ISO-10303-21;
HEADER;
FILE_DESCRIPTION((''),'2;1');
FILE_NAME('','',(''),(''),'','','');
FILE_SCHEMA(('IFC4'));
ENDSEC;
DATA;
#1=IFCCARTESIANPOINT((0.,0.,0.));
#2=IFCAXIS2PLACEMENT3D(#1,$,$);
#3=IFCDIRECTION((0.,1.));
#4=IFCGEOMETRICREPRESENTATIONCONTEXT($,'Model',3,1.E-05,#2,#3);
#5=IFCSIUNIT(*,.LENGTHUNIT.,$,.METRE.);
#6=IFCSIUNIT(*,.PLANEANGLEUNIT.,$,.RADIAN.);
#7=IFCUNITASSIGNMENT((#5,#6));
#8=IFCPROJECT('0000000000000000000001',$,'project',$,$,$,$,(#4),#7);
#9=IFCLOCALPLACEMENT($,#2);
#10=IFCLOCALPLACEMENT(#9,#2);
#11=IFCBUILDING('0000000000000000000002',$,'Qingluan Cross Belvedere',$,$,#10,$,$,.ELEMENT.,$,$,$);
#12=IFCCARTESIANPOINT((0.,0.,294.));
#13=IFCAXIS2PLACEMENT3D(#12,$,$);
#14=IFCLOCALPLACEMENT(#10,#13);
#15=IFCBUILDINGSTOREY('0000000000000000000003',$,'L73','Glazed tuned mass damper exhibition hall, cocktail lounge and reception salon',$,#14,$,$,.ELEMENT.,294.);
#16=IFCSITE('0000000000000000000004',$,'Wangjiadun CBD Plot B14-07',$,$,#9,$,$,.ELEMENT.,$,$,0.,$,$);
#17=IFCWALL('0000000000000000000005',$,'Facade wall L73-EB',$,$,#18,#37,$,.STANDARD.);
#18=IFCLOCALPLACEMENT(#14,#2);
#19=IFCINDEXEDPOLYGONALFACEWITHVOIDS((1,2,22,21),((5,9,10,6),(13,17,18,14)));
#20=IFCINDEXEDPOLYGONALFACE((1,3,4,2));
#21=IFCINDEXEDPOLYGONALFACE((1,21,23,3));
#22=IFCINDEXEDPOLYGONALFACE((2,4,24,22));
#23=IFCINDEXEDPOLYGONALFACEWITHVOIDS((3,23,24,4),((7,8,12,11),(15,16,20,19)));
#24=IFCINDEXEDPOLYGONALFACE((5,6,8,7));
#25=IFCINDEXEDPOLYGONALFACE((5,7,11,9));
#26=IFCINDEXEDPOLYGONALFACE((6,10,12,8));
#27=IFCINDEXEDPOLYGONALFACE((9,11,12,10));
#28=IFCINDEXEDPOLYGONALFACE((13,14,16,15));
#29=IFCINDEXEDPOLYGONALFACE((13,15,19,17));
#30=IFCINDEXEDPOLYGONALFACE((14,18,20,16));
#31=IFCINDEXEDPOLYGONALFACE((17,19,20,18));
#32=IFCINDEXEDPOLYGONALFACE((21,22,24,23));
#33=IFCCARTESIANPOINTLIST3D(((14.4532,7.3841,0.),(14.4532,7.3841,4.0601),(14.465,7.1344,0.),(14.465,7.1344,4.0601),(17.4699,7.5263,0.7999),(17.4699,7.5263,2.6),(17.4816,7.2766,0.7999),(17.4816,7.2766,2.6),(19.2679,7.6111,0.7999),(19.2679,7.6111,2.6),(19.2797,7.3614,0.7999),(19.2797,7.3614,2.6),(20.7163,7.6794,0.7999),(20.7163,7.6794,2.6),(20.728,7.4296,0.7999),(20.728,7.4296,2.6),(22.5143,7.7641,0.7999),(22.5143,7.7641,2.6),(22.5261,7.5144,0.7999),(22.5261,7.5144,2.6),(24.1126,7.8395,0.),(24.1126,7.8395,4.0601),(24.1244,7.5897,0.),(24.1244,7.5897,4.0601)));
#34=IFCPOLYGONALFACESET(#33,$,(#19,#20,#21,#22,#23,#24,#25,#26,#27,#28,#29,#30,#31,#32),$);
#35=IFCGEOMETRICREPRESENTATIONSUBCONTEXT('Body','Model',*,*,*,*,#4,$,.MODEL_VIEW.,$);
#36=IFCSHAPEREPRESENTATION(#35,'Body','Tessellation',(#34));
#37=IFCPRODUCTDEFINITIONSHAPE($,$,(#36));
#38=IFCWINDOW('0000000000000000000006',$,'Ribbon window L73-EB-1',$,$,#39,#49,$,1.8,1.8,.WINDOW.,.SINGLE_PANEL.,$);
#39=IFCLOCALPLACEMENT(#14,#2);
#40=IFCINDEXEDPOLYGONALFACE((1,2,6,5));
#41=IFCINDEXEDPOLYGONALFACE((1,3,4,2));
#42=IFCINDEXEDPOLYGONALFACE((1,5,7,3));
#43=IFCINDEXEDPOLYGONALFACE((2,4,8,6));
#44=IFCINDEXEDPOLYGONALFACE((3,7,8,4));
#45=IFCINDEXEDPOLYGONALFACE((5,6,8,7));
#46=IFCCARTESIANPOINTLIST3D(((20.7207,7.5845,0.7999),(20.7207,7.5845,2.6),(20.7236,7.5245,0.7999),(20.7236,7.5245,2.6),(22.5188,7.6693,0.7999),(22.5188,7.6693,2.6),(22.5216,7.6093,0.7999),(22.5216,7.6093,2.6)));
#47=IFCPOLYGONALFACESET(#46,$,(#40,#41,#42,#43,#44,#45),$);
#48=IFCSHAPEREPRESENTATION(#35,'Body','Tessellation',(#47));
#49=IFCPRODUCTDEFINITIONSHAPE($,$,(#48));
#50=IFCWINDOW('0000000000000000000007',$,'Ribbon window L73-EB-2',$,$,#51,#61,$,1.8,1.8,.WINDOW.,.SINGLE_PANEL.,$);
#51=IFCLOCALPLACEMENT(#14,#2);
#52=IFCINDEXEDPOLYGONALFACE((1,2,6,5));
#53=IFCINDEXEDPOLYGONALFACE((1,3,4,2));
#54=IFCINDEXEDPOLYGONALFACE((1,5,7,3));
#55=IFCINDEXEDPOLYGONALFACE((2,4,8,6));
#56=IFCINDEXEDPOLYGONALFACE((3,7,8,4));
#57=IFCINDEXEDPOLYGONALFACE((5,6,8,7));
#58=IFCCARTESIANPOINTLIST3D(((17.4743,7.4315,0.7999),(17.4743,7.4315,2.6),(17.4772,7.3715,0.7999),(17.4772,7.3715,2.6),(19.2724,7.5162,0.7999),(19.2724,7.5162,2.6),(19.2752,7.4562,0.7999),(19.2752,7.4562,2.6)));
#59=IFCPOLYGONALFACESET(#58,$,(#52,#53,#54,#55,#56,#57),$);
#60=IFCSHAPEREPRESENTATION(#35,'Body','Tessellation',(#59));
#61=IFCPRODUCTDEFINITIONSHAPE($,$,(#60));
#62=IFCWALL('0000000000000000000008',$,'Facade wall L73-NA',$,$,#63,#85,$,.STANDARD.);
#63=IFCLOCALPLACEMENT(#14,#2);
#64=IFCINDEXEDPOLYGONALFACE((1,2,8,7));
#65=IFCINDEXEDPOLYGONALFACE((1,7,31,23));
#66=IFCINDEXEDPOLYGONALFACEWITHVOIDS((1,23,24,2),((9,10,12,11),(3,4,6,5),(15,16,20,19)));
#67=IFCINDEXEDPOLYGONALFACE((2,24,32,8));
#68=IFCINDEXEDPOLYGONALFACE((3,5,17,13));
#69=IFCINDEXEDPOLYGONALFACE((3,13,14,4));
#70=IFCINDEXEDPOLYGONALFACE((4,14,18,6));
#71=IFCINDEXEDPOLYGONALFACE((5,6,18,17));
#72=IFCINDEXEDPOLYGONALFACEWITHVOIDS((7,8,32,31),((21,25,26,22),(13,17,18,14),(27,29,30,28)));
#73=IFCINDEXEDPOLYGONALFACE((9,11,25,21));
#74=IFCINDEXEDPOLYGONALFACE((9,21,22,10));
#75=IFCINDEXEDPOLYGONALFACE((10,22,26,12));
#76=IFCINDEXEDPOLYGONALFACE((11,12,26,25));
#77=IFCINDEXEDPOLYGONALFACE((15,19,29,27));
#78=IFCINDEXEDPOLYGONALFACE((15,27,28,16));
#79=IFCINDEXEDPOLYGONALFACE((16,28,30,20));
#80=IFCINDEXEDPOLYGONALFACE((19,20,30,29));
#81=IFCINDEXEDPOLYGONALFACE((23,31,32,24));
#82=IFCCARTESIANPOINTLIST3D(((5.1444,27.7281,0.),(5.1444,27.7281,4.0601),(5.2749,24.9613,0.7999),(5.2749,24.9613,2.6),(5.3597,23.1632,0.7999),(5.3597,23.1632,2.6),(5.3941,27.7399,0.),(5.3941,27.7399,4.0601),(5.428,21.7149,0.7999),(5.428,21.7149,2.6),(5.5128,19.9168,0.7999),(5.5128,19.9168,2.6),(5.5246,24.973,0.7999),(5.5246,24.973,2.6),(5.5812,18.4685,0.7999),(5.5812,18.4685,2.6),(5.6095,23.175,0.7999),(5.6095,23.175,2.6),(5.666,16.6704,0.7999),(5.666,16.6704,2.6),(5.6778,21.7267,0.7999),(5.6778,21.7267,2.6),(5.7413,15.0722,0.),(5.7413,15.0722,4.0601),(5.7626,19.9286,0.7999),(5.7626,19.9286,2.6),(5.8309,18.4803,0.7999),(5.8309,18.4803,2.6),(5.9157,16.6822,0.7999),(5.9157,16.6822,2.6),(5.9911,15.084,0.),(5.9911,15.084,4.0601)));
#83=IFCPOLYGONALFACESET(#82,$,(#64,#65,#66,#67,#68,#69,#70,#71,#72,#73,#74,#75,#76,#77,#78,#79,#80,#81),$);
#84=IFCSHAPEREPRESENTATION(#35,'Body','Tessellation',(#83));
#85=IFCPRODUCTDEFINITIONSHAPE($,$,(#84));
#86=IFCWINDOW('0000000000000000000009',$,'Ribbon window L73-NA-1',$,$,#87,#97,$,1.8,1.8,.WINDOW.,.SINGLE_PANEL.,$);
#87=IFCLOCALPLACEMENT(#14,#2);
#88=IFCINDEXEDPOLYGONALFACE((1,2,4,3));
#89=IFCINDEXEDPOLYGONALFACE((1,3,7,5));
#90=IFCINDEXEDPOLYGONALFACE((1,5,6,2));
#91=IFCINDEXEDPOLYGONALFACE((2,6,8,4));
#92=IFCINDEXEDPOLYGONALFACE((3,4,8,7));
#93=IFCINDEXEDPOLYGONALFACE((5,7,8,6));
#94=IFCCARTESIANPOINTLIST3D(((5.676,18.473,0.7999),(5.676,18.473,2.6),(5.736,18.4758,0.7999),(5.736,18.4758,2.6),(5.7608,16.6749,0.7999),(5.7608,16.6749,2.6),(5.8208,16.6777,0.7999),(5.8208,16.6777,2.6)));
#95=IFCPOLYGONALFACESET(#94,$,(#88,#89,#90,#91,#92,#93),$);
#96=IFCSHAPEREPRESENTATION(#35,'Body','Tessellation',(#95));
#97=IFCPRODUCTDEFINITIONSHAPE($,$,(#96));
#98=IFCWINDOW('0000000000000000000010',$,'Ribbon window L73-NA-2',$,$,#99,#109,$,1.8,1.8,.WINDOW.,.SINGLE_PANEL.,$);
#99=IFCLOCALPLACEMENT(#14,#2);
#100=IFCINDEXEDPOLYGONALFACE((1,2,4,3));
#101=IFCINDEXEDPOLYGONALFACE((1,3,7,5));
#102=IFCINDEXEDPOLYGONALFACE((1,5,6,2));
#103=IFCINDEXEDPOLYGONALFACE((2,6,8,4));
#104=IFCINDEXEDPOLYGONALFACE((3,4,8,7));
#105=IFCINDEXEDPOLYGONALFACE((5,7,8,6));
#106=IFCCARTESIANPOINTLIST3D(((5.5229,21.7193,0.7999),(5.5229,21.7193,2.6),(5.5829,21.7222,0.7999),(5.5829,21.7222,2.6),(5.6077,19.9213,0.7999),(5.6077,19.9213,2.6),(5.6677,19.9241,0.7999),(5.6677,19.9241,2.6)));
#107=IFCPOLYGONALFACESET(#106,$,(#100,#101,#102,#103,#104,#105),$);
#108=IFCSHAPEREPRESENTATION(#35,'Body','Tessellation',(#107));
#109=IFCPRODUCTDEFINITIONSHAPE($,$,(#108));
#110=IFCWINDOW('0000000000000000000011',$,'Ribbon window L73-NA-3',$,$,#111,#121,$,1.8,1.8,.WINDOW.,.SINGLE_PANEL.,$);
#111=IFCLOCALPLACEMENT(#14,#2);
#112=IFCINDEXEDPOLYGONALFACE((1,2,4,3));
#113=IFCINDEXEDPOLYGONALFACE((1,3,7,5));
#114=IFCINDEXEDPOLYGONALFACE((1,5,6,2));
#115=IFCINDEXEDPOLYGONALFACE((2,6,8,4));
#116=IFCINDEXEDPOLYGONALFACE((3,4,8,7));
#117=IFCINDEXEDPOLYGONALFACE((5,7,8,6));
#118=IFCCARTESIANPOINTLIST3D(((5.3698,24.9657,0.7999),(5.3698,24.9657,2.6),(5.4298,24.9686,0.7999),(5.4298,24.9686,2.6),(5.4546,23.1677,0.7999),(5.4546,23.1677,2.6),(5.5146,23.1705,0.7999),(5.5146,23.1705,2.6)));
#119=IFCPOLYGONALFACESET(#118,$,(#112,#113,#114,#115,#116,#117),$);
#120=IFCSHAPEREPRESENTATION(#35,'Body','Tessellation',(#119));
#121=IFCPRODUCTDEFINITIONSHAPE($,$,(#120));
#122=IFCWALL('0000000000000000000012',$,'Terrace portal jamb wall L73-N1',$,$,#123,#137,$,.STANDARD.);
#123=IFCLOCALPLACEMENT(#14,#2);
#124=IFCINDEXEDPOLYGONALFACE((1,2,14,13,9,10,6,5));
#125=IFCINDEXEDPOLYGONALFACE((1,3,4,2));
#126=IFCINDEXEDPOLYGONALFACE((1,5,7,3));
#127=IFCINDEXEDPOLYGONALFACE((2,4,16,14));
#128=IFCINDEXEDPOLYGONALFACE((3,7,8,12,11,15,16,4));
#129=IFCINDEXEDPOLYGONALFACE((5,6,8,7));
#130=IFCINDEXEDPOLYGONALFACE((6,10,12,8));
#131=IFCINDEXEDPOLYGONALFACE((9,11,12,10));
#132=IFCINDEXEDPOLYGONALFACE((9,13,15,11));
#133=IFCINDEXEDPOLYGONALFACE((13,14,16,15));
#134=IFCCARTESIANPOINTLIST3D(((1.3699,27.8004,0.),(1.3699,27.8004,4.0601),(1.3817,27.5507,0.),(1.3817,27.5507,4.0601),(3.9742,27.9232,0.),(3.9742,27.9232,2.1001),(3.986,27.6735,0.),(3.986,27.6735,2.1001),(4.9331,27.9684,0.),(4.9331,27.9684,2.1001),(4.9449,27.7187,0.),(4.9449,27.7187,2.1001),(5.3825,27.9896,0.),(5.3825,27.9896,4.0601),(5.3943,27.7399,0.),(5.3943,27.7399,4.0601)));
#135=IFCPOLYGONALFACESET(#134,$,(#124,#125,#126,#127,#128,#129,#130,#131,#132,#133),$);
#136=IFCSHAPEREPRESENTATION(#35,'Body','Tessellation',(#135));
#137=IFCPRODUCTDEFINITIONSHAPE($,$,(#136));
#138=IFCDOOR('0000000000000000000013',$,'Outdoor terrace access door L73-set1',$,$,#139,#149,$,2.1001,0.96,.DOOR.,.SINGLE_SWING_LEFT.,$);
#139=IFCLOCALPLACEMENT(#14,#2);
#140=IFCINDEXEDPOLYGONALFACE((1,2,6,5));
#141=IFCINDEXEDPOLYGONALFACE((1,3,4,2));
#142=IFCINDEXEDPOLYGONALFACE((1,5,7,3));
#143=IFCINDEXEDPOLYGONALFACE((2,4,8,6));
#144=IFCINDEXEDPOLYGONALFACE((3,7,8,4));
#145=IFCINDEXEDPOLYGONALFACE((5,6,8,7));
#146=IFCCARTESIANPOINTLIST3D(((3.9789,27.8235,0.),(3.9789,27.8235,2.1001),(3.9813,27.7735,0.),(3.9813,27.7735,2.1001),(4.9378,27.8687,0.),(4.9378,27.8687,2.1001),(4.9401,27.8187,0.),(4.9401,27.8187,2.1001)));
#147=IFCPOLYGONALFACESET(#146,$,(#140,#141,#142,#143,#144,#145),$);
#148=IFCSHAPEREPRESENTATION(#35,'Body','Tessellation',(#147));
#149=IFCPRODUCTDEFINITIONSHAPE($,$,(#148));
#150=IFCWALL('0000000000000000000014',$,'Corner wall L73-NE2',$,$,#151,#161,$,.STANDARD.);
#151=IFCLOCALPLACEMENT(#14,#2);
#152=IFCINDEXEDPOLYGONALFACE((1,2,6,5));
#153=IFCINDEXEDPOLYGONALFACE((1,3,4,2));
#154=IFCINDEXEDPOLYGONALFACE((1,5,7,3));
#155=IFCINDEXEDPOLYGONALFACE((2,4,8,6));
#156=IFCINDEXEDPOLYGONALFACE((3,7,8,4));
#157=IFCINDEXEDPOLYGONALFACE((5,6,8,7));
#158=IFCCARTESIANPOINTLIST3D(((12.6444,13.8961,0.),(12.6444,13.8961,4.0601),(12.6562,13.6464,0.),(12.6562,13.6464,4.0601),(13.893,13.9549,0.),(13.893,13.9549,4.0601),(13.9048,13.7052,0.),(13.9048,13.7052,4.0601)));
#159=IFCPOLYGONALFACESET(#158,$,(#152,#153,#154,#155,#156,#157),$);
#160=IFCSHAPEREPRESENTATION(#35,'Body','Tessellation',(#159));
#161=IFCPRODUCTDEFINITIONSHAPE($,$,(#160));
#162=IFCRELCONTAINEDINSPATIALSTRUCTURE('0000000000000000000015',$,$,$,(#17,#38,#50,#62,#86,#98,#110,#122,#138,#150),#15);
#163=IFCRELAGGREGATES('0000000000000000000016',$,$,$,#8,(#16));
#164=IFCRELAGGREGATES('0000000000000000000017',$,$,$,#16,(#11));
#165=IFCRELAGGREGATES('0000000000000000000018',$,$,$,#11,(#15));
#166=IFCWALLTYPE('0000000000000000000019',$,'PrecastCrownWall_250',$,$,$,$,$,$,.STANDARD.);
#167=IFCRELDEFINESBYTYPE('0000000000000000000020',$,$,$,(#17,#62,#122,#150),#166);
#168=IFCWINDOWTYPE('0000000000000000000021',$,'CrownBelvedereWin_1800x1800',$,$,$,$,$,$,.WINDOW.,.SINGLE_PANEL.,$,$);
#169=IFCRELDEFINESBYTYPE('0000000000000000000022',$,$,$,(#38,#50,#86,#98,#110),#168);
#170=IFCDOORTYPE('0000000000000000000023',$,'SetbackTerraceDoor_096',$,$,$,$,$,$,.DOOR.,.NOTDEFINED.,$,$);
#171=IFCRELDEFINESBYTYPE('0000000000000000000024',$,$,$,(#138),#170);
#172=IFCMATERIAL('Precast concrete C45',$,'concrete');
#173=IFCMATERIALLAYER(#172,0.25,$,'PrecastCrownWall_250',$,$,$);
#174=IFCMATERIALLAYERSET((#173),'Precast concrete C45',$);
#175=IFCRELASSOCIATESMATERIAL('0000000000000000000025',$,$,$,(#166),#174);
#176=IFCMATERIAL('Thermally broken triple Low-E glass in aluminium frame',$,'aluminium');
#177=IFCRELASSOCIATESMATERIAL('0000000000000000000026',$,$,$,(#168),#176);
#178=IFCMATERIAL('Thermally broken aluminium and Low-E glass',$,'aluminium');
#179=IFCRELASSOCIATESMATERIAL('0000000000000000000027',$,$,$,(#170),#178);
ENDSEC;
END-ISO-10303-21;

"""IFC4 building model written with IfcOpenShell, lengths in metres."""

from ifc_helpers import new_model, si_unit, direction, frame, frame_2d, origin, place, context, subcontext, project, spatial, rectangle, extrude, material, layer, layer_set, type_object, element, fill, save


model = new_model("IFC4")

# Units and contexts
model_context = context("Model", 3, precision=1e-05, world=origin(), true_north=direction((0.0, 1.0)))
body_context = subcontext(model_context, "Body", "Model", "MODEL_VIEW")
ifc_project = project(units=[si_unit("LENGTHUNIT", "METRE"), si_unit("PLANEANGLEUNIT", "RADIAN")], contexts=[model_context])

# Site, building, storey
site_placement = place(None, origin())
site = spatial("IfcSite", under=ifc_project, at=site_placement, Name="Wangjiadun CBD Plot B14-07", CompositionType="ELEMENT", RefElevation=0.0)
building_placement = place(site_placement, origin())
building = spatial("IfcBuilding", under=site, at=building_placement, Name="Qingluan Cross Belvedere", CompositionType="ELEMENT")
storey_placement = place(building_placement, frame((0.0, 0.0, 294.0)))
storey = spatial("IfcBuildingStorey", under=building, at=storey_placement, Name="L73", Description="Glazed tuned mass damper exhibition hall, cocktail lounge and reception salon", CompositionType="ELEMENT", Elevation=294.0)

# Walls, openings, windows
ifc_material_1 = material(Name="Precast concrete C45", Category="concrete")
ifc_layer_1 = layer(ifc_material_1, 0.25, Name="PrecastCrownWall_250")
ifc_layer_set_1 = layer_set([ifc_layer_1], Name="Precast concrete C45")
wall_type_1 = type_object("IfcWallType", Name="PrecastCrownWall_250", PredefinedType="STANDARD", material=ifc_layer_set_1)
wall_1_placement = place(storey_placement, frame((24.1184, 7.7146, 0.0), z_axis=(0.0, 0.0, 1.0), x_axis=(-0.998891, -0.047085, 0.0)))
wall_1 = element("IfcWall", 1, at=wall_1_placement, inside=storey, type_object=wall_type_1, Name="Facade wall L73-EB", PredefinedType="STANDARD", context=body_context, shape_type="SweptSolid", body=[
    extrude(rectangle(XDim=9.6702, YDim=0.25, at=frame_2d((4.835, 0.0))), origin(), (0.0, 0.0, 1.0), 4.0601),
])
opening_1_placement = place(wall_1_placement, frame((1.6001, 0.0, 0.8)))
opening_1 = element("IfcOpeningElement", 2, at=opening_1_placement, cuts=wall_1, PredefinedType="OPENING", context=body_context, shape_type="SweptSolid", body=[
    extrude(rectangle(XDim=1.8, YDim=1.8, at=frame_2d((0.8999, 0.8999))), frame((0.0, 0.135, 0.0), z_axis=(0.0, -1.0, 0.0), x_axis=(1.0, 0.0, 0.0)), (0.0, 0.0, 1.0), 0.27),
])
opening_2_placement = place(wall_1_placement, frame((4.8501, 0.0, 0.8)))
opening_2 = element("IfcOpeningElement", 3, at=opening_2_placement, cuts=wall_1, PredefinedType="OPENING", context=body_context, shape_type="SweptSolid", body=[
    extrude(rectangle(XDim=1.8, YDim=1.8, at=frame_2d((0.8999, 0.8999))), frame((0.0, 0.135, 0.0), z_axis=(0.0, -1.0, 0.0), x_axis=(1.0, 0.0, 0.0)), (0.0, 0.0, 1.0), 0.27),
])
ifc_material_2 = material(Name="Thermally broken triple Low-E glass in aluminium frame", Category="aluminium")
window_type = type_object("IfcWindowType", Name="CrownBelvedereWin_1800x1800", PartitioningType="SINGLE_PANEL", PredefinedType="WINDOW", material=ifc_material_2)
window_1_placement = place(opening_1_placement, origin())
window_1 = element("IfcWindow", 4, at=window_1_placement, inside=storey, type_object=window_type, Name="Ribbon window L73-EB-1", OverallHeight=1.8, OverallWidth=1.8, PartitioningType="SINGLE_PANEL", PredefinedType="WINDOW", context=body_context, shape_type="SweptSolid", body=[
    extrude(rectangle(XDim=1.8, YDim=1.8, at=frame_2d((0.8999, 0.8999))), frame((0.0, 0.03, 0.0), z_axis=(0.0, -1.0, 0.0), x_axis=(1.0, 0.0, 0.0)), (0.0, 0.0, 1.0), 0.0601),
])
fill(opening_1, window_1)
window_2_placement = place(opening_2_placement, origin())
window_2 = element("IfcWindow", 5, at=window_2_placement, inside=storey, type_object=window_type, Name="Ribbon window L73-EB-2", OverallHeight=1.8, OverallWidth=1.8, PartitioningType="SINGLE_PANEL", PredefinedType="WINDOW", context=body_context, shape_type="SweptSolid", body=[
    extrude(rectangle(XDim=1.8, YDim=1.8, at=frame_2d((0.8999, 0.8999))), frame((0.0, 0.03, 0.0), z_axis=(0.0, -1.0, 0.0), x_axis=(1.0, 0.0, 0.0)), (0.0, 0.0, 1.0), 0.0601),
])
fill(opening_2, window_2)
wall_2_placement = place(storey_placement, frame((5.8662, 15.0781, 0.0), z_axis=(0.0, 0.0, 1.0), x_axis=(-0.047114, 0.99889, 0.0)))
wall_2 = element("IfcWall", 6, at=wall_2_placement, inside=storey, type_object=wall_type_1, Name="Facade wall L73-NA", PredefinedType="STANDARD", context=body_context, shape_type="SweptSolid", body=[
    extrude(rectangle(XDim=12.6699, YDim=0.25, at=frame_2d((6.335, 0.0))), origin(), (0.0, 0.0, 1.0), 4.0601),
])
opening_3_placement = place(wall_2_placement, frame((1.6001, 0.0, 0.8)))
opening_3 = element("IfcOpeningElement", 7, at=opening_3_placement, cuts=wall_2, PredefinedType="OPENING", context=body_context, shape_type="SweptSolid", body=[
    extrude(rectangle(XDim=1.8, YDim=1.8, at=frame_2d((0.8999, 0.8999))), frame((0.0, 0.135, 0.0), z_axis=(0.0, -1.0, 0.0), x_axis=(1.0, 0.0, 0.0)), (0.0, 0.0, 1.0), 0.27),
])
opening_4_placement = place(wall_2_placement, frame((4.8501, 0.0, 0.8)))
opening_4 = element("IfcOpeningElement", 8, at=opening_4_placement, cuts=wall_2, PredefinedType="OPENING", context=body_context, shape_type="SweptSolid", body=[
    extrude(rectangle(XDim=1.8, YDim=1.8, at=frame_2d((0.8999, 0.8999))), frame((0.0, 0.135, 0.0), z_axis=(0.0, -1.0, 0.0), x_axis=(1.0, 0.0, 0.0)), (0.0, 0.0, 1.0), 0.27),
])
opening_5_placement = place(wall_2_placement, frame((8.1001, 0.0, 0.8)))
opening_5 = element("IfcOpeningElement", 9, at=opening_5_placement, cuts=wall_2, PredefinedType="OPENING", context=body_context, shape_type="SweptSolid", body=[
    extrude(rectangle(XDim=1.8, YDim=1.8, at=frame_2d((0.8999, 0.8999))), frame((0.0, 0.135, 0.0), z_axis=(0.0, -1.0, 0.0), x_axis=(1.0, 0.0, 0.0)), (0.0, 0.0, 1.0), 0.27),
])
window_3_placement = place(opening_3_placement, origin())
window_3 = element("IfcWindow", 10, at=window_3_placement, inside=storey, type_object=window_type, Name="Ribbon window L73-NA-1", OverallHeight=1.8, OverallWidth=1.8, PartitioningType="SINGLE_PANEL", PredefinedType="WINDOW", context=body_context, shape_type="SweptSolid", body=[
    extrude(rectangle(XDim=1.8, YDim=1.8, at=frame_2d((0.8999, 0.8999))), frame((0.0, 0.03, 0.0), z_axis=(0.0, -1.0, 0.0), x_axis=(1.0, 0.0, 0.0)), (0.0, 0.0, 1.0), 0.0601),
])
fill(opening_3, window_3)
window_4_placement = place(opening_4_placement, origin())
window_4 = element("IfcWindow", 11, at=window_4_placement, inside=storey, type_object=window_type, Name="Ribbon window L73-NA-2", OverallHeight=1.8, OverallWidth=1.8, PartitioningType="SINGLE_PANEL", PredefinedType="WINDOW", context=body_context, shape_type="SweptSolid", body=[
    extrude(rectangle(XDim=1.8, YDim=1.8, at=frame_2d((0.8999, 0.8999))), frame((0.0, 0.03, 0.0), z_axis=(0.0, -1.0, 0.0), x_axis=(1.0, 0.0, 0.0)), (0.0, 0.0, 1.0), 0.0601),
])
fill(opening_4, window_4)
window_5_placement = place(opening_5_placement, origin())
window_5 = element("IfcWindow", 12, at=window_5_placement, inside=storey, type_object=window_type, Name="Ribbon window L73-NA-3", OverallHeight=1.8, OverallWidth=1.8, PartitioningType="SINGLE_PANEL", PredefinedType="WINDOW", context=body_context, shape_type="SweptSolid", body=[
    extrude(rectangle(XDim=1.8, YDim=1.8, at=frame_2d((0.8999, 0.8999))), frame((0.0, 0.03, 0.0), z_axis=(0.0, -1.0, 0.0), x_axis=(1.0, 0.0, 0.0)), (0.0, 0.0, 1.0), 0.0601),
])
fill(opening_5, window_5)

# Wall, opening, door
wall_3_placement = place(storey_placement, frame((5.3884, 27.8647, 0.0), z_axis=(0.0, 0.0, 1.0), x_axis=(-0.99889, -0.0471, 0.0)))
wall_3 = element("IfcWall", 13, at=wall_3_placement, inside=storey, type_object=wall_type_1, Name="Terrace portal jamb wall L73-N1", PredefinedType="STANDARD", context=body_context, shape_type="SweptSolid", body=[
    extrude(rectangle(XDim=4.0171, YDim=0.25, at=frame_2d((2.0085, 0.0))), origin(), (0.0, 0.0, 1.0), 4.0601),
])
opening_6_placement = place(wall_3_placement, frame((0.45, 0.0, 0.0)))
opening_6 = element("IfcOpeningElement", 14, at=opening_6_placement, cuts=wall_3, PredefinedType="OPENING", context=body_context, shape_type="SweptSolid", body=[
    extrude(rectangle(XDim=0.96, YDim=2.1001, at=frame_2d((0.48, 1.05))), frame((0.0, 0.135, 0.0), z_axis=(0.0, -1.0, 0.0), x_axis=(1.0, 0.0, 0.0)), (0.0, 0.0, 1.0), 0.27),
])
ifc_material_3 = material(Name="Thermally broken aluminium and Low-E glass", Category="aluminium")
door_type_1 = type_object("IfcDoorType", Name="SetbackTerraceDoor_096", OperationType="NOTDEFINED", PredefinedType="DOOR", material=ifc_material_3)
door_1_placement = place(opening_6_placement, origin())
door_1 = element("IfcDoor", 15, at=door_1_placement, inside=storey, type_object=door_type_1, Name="Outdoor terrace access door L73-set1", OperationType="SINGLE_SWING_LEFT", OverallHeight=2.1001, OverallWidth=0.96, PredefinedType="DOOR", context=body_context, shape_type="SweptSolid", body=[
    extrude(rectangle(XDim=0.96, YDim=2.1001, at=frame_2d((0.48, 1.05))), frame((0.0, 0.0249, 0.0), z_axis=(0.0, -1.0, 0.0), x_axis=(1.0, 0.0, 0.0)), (0.0, 0.0, 1.0), 0.05),
])
fill(opening_6, door_1)

# Wall
wall_4_placement = place(storey_placement, frame((13.8989, 13.8301, 0.0), z_axis=(0.0, 0.0, 1.0), x_axis=(-0.998891, -0.047073, 0.0)))
element("IfcWall", 16, at=wall_4_placement, inside=storey, type_object=wall_type_1, Name="Corner wall L73-NE2", PredefinedType="STANDARD", context=body_context, shape_type="SweptSolid", body=[
    extrude(rectangle(XDim=1.25, YDim=0.25, at=frame_2d((0.625, 0.0))), origin(), (0.0, 0.0, 1.0), 4.0601),
])

save(model, "model.ifc")
